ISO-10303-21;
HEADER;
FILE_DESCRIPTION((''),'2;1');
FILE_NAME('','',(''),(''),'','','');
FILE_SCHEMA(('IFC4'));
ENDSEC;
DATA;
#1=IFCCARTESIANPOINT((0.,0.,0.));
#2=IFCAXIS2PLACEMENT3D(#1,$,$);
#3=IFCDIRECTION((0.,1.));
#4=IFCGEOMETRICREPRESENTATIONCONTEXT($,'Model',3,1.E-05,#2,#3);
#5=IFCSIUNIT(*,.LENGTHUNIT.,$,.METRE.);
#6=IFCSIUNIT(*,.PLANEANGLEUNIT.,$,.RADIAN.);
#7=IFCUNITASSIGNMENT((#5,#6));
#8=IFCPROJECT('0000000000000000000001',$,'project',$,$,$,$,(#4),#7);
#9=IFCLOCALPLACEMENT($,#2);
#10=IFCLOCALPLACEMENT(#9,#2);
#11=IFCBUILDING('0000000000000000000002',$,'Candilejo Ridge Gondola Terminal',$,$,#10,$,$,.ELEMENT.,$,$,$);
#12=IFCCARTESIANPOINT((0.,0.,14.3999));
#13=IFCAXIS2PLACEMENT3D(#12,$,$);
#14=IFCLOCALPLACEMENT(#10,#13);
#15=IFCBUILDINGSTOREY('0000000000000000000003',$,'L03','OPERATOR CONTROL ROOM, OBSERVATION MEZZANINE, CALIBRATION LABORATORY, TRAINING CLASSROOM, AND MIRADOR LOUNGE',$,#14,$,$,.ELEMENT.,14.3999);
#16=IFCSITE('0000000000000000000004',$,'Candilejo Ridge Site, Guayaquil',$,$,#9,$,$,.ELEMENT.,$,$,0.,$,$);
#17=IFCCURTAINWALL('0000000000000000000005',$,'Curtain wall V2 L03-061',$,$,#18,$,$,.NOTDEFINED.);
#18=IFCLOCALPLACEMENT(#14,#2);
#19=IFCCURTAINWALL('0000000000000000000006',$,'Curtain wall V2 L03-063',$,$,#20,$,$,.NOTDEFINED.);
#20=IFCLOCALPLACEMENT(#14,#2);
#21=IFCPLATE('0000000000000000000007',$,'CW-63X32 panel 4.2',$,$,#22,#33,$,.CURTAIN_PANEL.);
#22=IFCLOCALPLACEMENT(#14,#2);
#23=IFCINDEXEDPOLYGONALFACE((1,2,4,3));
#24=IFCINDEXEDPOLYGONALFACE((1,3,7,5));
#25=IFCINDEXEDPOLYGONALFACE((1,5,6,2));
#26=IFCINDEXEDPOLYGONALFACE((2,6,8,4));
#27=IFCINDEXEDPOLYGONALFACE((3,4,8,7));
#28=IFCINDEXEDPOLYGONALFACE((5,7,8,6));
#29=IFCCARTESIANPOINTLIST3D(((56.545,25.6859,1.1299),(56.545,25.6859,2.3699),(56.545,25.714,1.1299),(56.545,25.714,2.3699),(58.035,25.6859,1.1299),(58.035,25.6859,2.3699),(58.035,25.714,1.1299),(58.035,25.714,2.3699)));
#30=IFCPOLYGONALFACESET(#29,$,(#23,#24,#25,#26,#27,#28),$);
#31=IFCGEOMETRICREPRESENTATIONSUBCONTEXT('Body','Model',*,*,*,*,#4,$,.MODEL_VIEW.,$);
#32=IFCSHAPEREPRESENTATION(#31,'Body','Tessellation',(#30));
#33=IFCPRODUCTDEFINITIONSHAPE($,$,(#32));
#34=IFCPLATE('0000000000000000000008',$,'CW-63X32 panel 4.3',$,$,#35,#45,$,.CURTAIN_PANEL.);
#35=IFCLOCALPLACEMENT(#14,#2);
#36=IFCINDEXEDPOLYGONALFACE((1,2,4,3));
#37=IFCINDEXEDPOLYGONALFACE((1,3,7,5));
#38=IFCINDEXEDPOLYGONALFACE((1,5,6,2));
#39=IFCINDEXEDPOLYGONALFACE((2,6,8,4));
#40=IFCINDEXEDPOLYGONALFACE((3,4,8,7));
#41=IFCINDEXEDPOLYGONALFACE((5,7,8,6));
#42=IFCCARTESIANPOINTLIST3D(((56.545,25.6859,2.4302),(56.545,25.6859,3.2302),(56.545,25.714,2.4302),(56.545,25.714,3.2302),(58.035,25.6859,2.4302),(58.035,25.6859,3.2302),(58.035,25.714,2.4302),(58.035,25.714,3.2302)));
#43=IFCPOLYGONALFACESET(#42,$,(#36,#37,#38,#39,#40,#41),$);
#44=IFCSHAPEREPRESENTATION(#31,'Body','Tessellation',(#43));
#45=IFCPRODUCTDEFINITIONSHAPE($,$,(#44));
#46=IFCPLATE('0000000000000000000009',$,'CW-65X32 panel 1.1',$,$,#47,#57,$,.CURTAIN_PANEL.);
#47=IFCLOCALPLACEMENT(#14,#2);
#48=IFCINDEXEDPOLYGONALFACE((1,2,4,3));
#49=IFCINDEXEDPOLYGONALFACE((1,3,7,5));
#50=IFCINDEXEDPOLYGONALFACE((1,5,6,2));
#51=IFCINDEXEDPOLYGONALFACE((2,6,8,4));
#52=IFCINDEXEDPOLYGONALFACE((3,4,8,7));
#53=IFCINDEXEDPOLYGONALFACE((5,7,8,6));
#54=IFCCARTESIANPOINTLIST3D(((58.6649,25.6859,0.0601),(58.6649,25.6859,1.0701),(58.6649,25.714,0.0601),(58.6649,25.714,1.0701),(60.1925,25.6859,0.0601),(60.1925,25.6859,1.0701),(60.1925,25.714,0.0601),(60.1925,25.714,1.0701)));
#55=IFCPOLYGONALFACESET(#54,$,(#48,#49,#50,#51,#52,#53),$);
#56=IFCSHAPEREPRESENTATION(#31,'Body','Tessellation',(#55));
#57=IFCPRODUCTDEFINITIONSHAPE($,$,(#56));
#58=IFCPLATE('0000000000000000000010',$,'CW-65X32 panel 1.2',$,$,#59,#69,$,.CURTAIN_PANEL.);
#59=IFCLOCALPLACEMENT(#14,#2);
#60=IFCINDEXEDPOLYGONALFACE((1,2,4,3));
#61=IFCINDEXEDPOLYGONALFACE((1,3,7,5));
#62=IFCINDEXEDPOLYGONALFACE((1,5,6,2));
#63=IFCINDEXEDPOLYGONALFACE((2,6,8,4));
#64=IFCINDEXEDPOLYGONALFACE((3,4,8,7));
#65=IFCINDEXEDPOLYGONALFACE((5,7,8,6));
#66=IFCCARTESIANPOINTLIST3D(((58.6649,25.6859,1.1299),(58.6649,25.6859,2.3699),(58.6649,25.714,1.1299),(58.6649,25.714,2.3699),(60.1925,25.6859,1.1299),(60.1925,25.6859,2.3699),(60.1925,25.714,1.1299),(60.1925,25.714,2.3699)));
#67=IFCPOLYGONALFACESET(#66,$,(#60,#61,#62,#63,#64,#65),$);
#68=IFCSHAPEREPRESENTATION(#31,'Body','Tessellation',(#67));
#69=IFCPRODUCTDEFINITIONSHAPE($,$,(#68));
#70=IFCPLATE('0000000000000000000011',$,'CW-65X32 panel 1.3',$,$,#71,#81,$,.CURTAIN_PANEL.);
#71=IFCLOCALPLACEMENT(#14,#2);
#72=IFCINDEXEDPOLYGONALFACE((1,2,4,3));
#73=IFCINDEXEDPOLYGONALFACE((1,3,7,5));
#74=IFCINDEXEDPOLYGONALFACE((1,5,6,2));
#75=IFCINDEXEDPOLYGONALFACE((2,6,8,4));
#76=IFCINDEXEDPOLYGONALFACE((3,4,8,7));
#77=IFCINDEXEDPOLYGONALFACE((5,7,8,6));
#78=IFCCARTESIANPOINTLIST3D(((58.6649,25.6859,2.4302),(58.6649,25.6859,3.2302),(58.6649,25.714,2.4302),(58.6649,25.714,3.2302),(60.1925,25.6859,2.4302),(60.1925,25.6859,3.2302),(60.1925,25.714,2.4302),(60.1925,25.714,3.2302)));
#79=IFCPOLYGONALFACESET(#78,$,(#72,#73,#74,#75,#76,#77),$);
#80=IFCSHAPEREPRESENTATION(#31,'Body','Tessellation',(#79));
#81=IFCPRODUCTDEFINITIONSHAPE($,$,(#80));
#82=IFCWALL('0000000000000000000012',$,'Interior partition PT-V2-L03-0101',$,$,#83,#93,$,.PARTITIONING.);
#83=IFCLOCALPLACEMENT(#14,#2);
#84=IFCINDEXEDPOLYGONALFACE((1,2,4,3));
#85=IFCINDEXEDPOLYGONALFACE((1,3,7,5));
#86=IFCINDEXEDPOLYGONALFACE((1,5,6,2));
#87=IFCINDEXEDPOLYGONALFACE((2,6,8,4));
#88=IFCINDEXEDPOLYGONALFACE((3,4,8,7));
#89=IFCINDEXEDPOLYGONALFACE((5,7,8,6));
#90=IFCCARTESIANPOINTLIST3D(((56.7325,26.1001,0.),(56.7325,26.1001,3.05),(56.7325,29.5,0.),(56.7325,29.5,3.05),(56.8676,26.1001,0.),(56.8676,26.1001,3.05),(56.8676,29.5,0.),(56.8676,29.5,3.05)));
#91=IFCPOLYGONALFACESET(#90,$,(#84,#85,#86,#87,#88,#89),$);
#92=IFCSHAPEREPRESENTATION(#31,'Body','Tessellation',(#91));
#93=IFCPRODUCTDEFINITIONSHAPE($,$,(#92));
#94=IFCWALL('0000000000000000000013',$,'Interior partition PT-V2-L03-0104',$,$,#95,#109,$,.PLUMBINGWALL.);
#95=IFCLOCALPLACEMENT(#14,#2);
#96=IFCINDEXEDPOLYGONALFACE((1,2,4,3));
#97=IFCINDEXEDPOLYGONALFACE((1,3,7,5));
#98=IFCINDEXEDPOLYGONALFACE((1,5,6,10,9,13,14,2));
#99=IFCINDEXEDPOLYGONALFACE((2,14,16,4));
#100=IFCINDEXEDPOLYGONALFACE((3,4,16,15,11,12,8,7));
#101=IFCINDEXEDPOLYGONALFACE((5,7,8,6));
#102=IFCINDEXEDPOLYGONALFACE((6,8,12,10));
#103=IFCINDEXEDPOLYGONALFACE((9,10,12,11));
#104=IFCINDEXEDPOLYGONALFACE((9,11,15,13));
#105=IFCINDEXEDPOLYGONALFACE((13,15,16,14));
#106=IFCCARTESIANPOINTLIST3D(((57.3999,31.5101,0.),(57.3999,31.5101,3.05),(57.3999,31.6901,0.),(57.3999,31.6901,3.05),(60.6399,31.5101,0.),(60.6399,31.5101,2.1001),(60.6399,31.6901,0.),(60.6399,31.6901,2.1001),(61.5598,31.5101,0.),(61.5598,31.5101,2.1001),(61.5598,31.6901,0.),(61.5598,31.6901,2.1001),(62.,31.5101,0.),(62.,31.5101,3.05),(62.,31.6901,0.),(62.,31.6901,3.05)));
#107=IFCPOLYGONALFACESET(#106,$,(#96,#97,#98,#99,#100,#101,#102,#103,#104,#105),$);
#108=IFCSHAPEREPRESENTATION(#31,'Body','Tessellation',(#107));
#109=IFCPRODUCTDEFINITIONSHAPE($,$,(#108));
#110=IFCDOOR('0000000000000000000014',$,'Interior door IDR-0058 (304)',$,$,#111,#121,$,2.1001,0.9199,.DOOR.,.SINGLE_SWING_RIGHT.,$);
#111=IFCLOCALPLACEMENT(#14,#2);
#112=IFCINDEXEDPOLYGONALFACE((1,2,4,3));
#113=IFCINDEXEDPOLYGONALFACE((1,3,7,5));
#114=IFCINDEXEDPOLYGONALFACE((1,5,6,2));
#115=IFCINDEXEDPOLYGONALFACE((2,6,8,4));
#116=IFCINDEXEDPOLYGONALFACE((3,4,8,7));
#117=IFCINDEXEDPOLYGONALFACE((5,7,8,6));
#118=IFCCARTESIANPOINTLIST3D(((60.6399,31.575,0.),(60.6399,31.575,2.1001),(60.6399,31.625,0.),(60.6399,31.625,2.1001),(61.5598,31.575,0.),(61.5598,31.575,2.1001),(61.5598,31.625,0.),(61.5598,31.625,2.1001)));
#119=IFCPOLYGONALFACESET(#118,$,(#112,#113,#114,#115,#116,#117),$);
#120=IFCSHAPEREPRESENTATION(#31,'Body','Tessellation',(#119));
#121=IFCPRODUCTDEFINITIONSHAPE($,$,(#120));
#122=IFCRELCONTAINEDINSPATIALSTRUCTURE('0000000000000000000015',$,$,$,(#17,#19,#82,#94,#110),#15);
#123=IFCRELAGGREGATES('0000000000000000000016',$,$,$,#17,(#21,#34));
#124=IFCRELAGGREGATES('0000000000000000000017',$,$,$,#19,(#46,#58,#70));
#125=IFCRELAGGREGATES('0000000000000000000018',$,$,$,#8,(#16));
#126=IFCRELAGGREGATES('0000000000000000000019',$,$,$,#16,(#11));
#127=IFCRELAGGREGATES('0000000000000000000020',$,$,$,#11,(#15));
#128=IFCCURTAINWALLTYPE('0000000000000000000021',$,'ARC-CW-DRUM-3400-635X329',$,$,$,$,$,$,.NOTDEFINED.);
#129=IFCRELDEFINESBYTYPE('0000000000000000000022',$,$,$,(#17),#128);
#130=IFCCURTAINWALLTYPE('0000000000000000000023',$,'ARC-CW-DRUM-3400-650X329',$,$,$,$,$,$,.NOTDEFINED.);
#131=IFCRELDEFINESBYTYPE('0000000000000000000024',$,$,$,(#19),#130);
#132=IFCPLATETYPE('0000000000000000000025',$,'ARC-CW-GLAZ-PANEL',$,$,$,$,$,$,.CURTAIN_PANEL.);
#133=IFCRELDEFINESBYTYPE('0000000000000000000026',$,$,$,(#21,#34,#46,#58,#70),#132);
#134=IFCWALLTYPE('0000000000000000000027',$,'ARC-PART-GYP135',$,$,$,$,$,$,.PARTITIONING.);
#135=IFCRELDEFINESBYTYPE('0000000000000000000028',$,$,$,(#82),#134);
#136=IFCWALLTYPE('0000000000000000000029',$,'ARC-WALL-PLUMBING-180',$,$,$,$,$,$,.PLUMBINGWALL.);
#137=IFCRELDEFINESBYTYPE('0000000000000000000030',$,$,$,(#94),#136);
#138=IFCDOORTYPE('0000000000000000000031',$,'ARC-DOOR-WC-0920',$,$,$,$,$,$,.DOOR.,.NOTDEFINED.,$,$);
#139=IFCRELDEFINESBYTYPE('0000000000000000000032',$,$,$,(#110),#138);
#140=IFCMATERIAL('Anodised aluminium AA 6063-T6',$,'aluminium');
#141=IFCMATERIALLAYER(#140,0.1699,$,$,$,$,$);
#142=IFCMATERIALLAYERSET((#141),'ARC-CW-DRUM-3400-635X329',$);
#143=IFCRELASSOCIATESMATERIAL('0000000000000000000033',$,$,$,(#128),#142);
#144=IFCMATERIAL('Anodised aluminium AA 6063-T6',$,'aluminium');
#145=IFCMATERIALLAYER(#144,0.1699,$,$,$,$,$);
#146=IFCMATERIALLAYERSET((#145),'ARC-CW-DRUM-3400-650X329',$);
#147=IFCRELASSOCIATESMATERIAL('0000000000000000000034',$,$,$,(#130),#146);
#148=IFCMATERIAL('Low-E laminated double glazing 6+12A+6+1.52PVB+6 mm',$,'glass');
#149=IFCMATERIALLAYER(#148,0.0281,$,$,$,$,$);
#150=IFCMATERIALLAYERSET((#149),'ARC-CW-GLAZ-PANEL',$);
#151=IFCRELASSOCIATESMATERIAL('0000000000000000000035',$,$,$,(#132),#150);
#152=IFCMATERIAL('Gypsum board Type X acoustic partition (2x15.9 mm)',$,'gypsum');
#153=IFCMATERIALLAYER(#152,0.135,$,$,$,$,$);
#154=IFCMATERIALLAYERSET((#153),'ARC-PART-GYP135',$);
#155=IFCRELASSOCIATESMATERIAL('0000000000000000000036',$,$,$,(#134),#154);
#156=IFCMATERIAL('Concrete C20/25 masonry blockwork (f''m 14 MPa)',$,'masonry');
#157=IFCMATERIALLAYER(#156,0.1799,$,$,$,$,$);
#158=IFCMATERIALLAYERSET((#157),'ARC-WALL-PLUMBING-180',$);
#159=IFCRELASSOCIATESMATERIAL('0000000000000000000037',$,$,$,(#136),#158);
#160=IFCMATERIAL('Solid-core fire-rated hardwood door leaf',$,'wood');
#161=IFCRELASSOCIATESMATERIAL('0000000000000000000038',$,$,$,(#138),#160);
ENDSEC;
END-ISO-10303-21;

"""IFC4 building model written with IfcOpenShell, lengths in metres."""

from ifc_helpers import new_model, si_unit, direction, frame, frame_2d, origin, origin_2d, place, context, subcontext, project, spatial, rectangle, extrude, material, layer, layer_set, type_object, element, fill, aggregate, save


model = new_model("IFC4")

# Units and contexts
model_context = context("Model", 3, precision=1e-05, world=origin(), true_north=direction((0.0, 1.0)))
body_context = subcontext(model_context, "Body", "Model", "MODEL_VIEW")
ifc_project = project(units=[si_unit("LENGTHUNIT", "METRE"), si_unit("PLANEANGLEUNIT", "RADIAN")], contexts=[model_context])

# Site, building, storey
site_placement = place(None, origin())
site = spatial("IfcSite", under=ifc_project, at=site_placement, Name="Candilejo Ridge Site, Guayaquil", CompositionType="ELEMENT", RefElevation=0.0)
building_placement = place(site_placement, origin())
building = spatial("IfcBuilding", under=site, at=building_placement, Name="Candilejo Ridge Gondola Terminal", CompositionType="ELEMENT")
storey_placement = place(building_placement, frame((0.0, 0.0, 14.3999)))
storey = spatial("IfcBuildingStorey", under=building, at=storey_placement, Name="L03", Description="OPERATOR CONTROL ROOM, OBSERVATION MEZZANINE, CALIBRATION LABORATORY, TRAINING CLASSROOM, AND MIRADOR LOUNGE", CompositionType="ELEMENT", Elevation=14.3999)

# Curtain wall
ifc_material_1 = material(Name="Anodised aluminium AA 6063-T6", Category="aluminium")
ifc_layer_1 = layer(ifc_material_1, 0.1699)
ifc_layer_set_1 = layer_set([ifc_layer_1], Name="ARC-CW-DRUM-3400-635X329")
curtain_wall_type_1 = type_object("IfcCurtainWallType", Name="ARC-CW-DRUM-3400-635X329", PredefinedType="NOTDEFINED", material=ifc_layer_set_1)
curtain_wall_1_placement = place(storey_placement, origin())
curtain_wall_1 = element("IfcCurtainWall", 1, at=curtain_wall_1_placement, inside=storey, type_object=curtain_wall_type_1, Name="Curtain wall V2 L03-061", PredefinedType="NOTDEFINED")

# Curtain wall
ifc_material_2 = material(Name="Anodised aluminium AA 6063-T6", Category="aluminium")
ifc_layer_2 = layer(ifc_material_2, 0.1699)
ifc_layer_set_2 = layer_set([ifc_layer_2], Name="ARC-CW-DRUM-3400-650X329")
curtain_wall_type_2 = type_object("IfcCurtainWallType", Name="ARC-CW-DRUM-3400-650X329", PredefinedType="NOTDEFINED", material=ifc_layer_set_2)
curtain_wall_2_placement = place(storey_placement, origin())
curtain_wall_2 = element("IfcCurtainWall", 2, at=curtain_wall_2_placement, inside=storey, type_object=curtain_wall_type_2, Name="Curtain wall V2 L03-063", PredefinedType="NOTDEFINED")

# Plates
ifc_material_3 = material(Name="Low-E laminated double glazing 6+12A+6+1.52PVB+6 mm", Category="glass")
ifc_layer_3 = layer(ifc_material_3, 0.0281)
ifc_layer_set_3 = layer_set([ifc_layer_3], Name="ARC-CW-GLAZ-PANEL")
plate_type = type_object("IfcPlateType", Name="ARC-CW-GLAZ-PANEL", PredefinedType="CURTAIN_PANEL", material=ifc_layer_set_3)
plate_1_placement = place(storey_placement, frame((57.29, 25.7, 1.1299), z_axis=(0.0, 0.0, 1.0), x_axis=(1.0, 0.0, 0.0)))
plate_1 = element("IfcPlate", 3, at=plate_1_placement, type_object=plate_type, Name="CW-63X32 panel 4.2", PredefinedType="CURTAIN_PANEL", context=body_context, shape_type="SweptSolid", body=[
    extrude(rectangle(XDim=1.49, YDim=0.0281, at=origin_2d()), origin(), (0.0, 0.0, 1.0), 1.24),
])
plate_2_placement = place(storey_placement, frame((57.29, 25.7, 2.4302), z_axis=(0.0, 0.0, 1.0), x_axis=(1.0, 0.0, 0.0)))
plate_2 = element("IfcPlate", 4, at=plate_2_placement, type_object=plate_type, Name="CW-63X32 panel 4.3", PredefinedType="CURTAIN_PANEL", context=body_context, shape_type="SweptSolid", body=[
    extrude(rectangle(XDim=1.49, YDim=0.0281, at=origin_2d()), origin(), (0.0, 0.0, 1.0), 0.8),
])
aggregate(curtain_wall_1, [plate_1, plate_2])
plate_3_placement = place(storey_placement, frame((59.4287, 25.7, 0.0601), z_axis=(0.0, 0.0, 1.0), x_axis=(1.0, 0.0, 0.0)))
plate_3 = element("IfcPlate", 5, at=plate_3_placement, type_object=plate_type, Name="CW-65X32 panel 1.1", PredefinedType="CURTAIN_PANEL", context=body_context, shape_type="SweptSolid", body=[
    extrude(rectangle(XDim=1.5276, YDim=0.0281, at=origin_2d()), origin(), (0.0, 0.0, 1.0), 1.01),
])
plate_4_placement = place(storey_placement, frame((59.4287, 25.7, 1.1299), z_axis=(0.0, 0.0, 1.0), x_axis=(1.0, 0.0, 0.0)))
plate_4 = element("IfcPlate", 6, at=plate_4_placement, type_object=plate_type, Name="CW-65X32 panel 1.2", PredefinedType="CURTAIN_PANEL", context=body_context, shape_type="SweptSolid", body=[
    extrude(rectangle(XDim=1.5276, YDim=0.0281, at=origin_2d()), origin(), (0.0, 0.0, 1.0), 1.24),
])
plate_5_placement = place(storey_placement, frame((59.4287, 25.7, 2.4302), z_axis=(0.0, 0.0, 1.0), x_axis=(1.0, 0.0, 0.0)))
plate_5 = element("IfcPlate", 7, at=plate_5_placement, type_object=plate_type, Name="CW-65X32 panel 1.3", PredefinedType="CURTAIN_PANEL", context=body_context, shape_type="SweptSolid", body=[
    extrude(rectangle(XDim=1.5276, YDim=0.0281, at=origin_2d()), origin(), (0.0, 0.0, 1.0), 0.8),
])
aggregate(curtain_wall_2, [plate_3, plate_4, plate_5])

# Wall
ifc_material_4 = material(Name="Gypsum board Type X acoustic partition (2x15.9 mm)", Category="gypsum")
ifc_layer_4 = layer(ifc_material_4, 0.135)
ifc_layer_set_4 = layer_set([ifc_layer_4], Name="ARC-PART-GYP135")
wall_type_1 = type_object("IfcWallType", Name="ARC-PART-GYP135", PredefinedType="PARTITIONING", material=ifc_layer_set_4)
wall_1_placement = place(storey_placement, frame((56.8, 26.1001, 0.0), z_axis=(0.0, 0.0, 1.0), x_axis=(0.0, 1.0, 0.0)))
element("IfcWall", 8, at=wall_1_placement, inside=storey, type_object=wall_type_1, Name="Interior partition PT-V2-L03-0101", PredefinedType="PARTITIONING", context=body_context, shape_type="SweptSolid", body=[
    extrude(rectangle(XDim=3.3999, YDim=0.135, at=frame_2d((1.7, 0.0))), origin(), (0.0, 0.0, 1.0), 3.05),
])

# Wall, opening, door
ifc_material_5 = material(Name="Concrete C20/25 masonry blockwork (f'm 14 MPa)", Category="masonry")
ifc_layer_5 = layer(ifc_material_5, 0.1799)
ifc_layer_set_5 = layer_set([ifc_layer_5], Name="ARC-WALL-PLUMBING-180")
wall_type_2 = type_object("IfcWallType", Name="ARC-WALL-PLUMBING-180", PredefinedType="PLUMBINGWALL", material=ifc_layer_set_5)
wall_2_placement = place(storey_placement, frame((57.3999, 31.6001, 0.0), z_axis=(0.0, 0.0, 1.0), x_axis=(1.0, 0.0, 0.0)))
wall_2 = element("IfcWall", 9, at=wall_2_placement, inside=storey, type_object=wall_type_2, Name="Interior partition PT-V2-L03-0104", PredefinedType="PLUMBINGWALL", context=body_context, shape_type="SweptSolid", body=[
    extrude(rectangle(XDim=4.6001, YDim=0.1799, at=frame_2d((2.3, 0.0))), origin(), (0.0, 0.0, 1.0), 3.05),
])
opening_placement = place(wall_2_placement, frame((3.24, 0.0, 0.0)))
opening = element("IfcOpeningElement", 10, at=opening_placement, cuts=wall_2, PredefinedType="OPENING", context=body_context, shape_type="SweptSolid", body=[
    extrude(rectangle(XDim=0.9199, YDim=2.1001, at=frame_2d((0.46, 1.05))), frame((0.0, 0.0999, 0.0), z_axis=(0.0, -1.0, 0.0), x_axis=(1.0, 0.0, 0.0)), (0.0, 0.0, 1.0), 0.2),
])
ifc_material_6 = material(Name="Solid-core fire-rated hardwood door leaf", Category="wood")
door_type = type_object("IfcDoorType", Name="ARC-DOOR-WC-0920", OperationType="NOTDEFINED", PredefinedType="DOOR", material=ifc_material_6)
door_placement = place(opening_placement, origin())
door = element("IfcDoor", 11, at=door_placement, inside=storey, type_object=door_type, Name="Interior door IDR-0058 (304)", OperationType="SINGLE_SWING_RIGHT", OverallHeight=2.1001, OverallWidth=0.9199, PredefinedType="DOOR", context=body_context, shape_type="SweptSolid", body=[
    extrude(rectangle(XDim=0.9199, YDim=2.1001, at=frame_2d((0.46, 1.05))), frame((0.0, 0.0249, 0.0), z_axis=(0.0, -1.0, 0.0), x_axis=(1.0, 0.0, 0.0)), (0.0, 0.0, 1.0), 0.05),
])
fill(opening, door)

save(model, "model.ifc")
